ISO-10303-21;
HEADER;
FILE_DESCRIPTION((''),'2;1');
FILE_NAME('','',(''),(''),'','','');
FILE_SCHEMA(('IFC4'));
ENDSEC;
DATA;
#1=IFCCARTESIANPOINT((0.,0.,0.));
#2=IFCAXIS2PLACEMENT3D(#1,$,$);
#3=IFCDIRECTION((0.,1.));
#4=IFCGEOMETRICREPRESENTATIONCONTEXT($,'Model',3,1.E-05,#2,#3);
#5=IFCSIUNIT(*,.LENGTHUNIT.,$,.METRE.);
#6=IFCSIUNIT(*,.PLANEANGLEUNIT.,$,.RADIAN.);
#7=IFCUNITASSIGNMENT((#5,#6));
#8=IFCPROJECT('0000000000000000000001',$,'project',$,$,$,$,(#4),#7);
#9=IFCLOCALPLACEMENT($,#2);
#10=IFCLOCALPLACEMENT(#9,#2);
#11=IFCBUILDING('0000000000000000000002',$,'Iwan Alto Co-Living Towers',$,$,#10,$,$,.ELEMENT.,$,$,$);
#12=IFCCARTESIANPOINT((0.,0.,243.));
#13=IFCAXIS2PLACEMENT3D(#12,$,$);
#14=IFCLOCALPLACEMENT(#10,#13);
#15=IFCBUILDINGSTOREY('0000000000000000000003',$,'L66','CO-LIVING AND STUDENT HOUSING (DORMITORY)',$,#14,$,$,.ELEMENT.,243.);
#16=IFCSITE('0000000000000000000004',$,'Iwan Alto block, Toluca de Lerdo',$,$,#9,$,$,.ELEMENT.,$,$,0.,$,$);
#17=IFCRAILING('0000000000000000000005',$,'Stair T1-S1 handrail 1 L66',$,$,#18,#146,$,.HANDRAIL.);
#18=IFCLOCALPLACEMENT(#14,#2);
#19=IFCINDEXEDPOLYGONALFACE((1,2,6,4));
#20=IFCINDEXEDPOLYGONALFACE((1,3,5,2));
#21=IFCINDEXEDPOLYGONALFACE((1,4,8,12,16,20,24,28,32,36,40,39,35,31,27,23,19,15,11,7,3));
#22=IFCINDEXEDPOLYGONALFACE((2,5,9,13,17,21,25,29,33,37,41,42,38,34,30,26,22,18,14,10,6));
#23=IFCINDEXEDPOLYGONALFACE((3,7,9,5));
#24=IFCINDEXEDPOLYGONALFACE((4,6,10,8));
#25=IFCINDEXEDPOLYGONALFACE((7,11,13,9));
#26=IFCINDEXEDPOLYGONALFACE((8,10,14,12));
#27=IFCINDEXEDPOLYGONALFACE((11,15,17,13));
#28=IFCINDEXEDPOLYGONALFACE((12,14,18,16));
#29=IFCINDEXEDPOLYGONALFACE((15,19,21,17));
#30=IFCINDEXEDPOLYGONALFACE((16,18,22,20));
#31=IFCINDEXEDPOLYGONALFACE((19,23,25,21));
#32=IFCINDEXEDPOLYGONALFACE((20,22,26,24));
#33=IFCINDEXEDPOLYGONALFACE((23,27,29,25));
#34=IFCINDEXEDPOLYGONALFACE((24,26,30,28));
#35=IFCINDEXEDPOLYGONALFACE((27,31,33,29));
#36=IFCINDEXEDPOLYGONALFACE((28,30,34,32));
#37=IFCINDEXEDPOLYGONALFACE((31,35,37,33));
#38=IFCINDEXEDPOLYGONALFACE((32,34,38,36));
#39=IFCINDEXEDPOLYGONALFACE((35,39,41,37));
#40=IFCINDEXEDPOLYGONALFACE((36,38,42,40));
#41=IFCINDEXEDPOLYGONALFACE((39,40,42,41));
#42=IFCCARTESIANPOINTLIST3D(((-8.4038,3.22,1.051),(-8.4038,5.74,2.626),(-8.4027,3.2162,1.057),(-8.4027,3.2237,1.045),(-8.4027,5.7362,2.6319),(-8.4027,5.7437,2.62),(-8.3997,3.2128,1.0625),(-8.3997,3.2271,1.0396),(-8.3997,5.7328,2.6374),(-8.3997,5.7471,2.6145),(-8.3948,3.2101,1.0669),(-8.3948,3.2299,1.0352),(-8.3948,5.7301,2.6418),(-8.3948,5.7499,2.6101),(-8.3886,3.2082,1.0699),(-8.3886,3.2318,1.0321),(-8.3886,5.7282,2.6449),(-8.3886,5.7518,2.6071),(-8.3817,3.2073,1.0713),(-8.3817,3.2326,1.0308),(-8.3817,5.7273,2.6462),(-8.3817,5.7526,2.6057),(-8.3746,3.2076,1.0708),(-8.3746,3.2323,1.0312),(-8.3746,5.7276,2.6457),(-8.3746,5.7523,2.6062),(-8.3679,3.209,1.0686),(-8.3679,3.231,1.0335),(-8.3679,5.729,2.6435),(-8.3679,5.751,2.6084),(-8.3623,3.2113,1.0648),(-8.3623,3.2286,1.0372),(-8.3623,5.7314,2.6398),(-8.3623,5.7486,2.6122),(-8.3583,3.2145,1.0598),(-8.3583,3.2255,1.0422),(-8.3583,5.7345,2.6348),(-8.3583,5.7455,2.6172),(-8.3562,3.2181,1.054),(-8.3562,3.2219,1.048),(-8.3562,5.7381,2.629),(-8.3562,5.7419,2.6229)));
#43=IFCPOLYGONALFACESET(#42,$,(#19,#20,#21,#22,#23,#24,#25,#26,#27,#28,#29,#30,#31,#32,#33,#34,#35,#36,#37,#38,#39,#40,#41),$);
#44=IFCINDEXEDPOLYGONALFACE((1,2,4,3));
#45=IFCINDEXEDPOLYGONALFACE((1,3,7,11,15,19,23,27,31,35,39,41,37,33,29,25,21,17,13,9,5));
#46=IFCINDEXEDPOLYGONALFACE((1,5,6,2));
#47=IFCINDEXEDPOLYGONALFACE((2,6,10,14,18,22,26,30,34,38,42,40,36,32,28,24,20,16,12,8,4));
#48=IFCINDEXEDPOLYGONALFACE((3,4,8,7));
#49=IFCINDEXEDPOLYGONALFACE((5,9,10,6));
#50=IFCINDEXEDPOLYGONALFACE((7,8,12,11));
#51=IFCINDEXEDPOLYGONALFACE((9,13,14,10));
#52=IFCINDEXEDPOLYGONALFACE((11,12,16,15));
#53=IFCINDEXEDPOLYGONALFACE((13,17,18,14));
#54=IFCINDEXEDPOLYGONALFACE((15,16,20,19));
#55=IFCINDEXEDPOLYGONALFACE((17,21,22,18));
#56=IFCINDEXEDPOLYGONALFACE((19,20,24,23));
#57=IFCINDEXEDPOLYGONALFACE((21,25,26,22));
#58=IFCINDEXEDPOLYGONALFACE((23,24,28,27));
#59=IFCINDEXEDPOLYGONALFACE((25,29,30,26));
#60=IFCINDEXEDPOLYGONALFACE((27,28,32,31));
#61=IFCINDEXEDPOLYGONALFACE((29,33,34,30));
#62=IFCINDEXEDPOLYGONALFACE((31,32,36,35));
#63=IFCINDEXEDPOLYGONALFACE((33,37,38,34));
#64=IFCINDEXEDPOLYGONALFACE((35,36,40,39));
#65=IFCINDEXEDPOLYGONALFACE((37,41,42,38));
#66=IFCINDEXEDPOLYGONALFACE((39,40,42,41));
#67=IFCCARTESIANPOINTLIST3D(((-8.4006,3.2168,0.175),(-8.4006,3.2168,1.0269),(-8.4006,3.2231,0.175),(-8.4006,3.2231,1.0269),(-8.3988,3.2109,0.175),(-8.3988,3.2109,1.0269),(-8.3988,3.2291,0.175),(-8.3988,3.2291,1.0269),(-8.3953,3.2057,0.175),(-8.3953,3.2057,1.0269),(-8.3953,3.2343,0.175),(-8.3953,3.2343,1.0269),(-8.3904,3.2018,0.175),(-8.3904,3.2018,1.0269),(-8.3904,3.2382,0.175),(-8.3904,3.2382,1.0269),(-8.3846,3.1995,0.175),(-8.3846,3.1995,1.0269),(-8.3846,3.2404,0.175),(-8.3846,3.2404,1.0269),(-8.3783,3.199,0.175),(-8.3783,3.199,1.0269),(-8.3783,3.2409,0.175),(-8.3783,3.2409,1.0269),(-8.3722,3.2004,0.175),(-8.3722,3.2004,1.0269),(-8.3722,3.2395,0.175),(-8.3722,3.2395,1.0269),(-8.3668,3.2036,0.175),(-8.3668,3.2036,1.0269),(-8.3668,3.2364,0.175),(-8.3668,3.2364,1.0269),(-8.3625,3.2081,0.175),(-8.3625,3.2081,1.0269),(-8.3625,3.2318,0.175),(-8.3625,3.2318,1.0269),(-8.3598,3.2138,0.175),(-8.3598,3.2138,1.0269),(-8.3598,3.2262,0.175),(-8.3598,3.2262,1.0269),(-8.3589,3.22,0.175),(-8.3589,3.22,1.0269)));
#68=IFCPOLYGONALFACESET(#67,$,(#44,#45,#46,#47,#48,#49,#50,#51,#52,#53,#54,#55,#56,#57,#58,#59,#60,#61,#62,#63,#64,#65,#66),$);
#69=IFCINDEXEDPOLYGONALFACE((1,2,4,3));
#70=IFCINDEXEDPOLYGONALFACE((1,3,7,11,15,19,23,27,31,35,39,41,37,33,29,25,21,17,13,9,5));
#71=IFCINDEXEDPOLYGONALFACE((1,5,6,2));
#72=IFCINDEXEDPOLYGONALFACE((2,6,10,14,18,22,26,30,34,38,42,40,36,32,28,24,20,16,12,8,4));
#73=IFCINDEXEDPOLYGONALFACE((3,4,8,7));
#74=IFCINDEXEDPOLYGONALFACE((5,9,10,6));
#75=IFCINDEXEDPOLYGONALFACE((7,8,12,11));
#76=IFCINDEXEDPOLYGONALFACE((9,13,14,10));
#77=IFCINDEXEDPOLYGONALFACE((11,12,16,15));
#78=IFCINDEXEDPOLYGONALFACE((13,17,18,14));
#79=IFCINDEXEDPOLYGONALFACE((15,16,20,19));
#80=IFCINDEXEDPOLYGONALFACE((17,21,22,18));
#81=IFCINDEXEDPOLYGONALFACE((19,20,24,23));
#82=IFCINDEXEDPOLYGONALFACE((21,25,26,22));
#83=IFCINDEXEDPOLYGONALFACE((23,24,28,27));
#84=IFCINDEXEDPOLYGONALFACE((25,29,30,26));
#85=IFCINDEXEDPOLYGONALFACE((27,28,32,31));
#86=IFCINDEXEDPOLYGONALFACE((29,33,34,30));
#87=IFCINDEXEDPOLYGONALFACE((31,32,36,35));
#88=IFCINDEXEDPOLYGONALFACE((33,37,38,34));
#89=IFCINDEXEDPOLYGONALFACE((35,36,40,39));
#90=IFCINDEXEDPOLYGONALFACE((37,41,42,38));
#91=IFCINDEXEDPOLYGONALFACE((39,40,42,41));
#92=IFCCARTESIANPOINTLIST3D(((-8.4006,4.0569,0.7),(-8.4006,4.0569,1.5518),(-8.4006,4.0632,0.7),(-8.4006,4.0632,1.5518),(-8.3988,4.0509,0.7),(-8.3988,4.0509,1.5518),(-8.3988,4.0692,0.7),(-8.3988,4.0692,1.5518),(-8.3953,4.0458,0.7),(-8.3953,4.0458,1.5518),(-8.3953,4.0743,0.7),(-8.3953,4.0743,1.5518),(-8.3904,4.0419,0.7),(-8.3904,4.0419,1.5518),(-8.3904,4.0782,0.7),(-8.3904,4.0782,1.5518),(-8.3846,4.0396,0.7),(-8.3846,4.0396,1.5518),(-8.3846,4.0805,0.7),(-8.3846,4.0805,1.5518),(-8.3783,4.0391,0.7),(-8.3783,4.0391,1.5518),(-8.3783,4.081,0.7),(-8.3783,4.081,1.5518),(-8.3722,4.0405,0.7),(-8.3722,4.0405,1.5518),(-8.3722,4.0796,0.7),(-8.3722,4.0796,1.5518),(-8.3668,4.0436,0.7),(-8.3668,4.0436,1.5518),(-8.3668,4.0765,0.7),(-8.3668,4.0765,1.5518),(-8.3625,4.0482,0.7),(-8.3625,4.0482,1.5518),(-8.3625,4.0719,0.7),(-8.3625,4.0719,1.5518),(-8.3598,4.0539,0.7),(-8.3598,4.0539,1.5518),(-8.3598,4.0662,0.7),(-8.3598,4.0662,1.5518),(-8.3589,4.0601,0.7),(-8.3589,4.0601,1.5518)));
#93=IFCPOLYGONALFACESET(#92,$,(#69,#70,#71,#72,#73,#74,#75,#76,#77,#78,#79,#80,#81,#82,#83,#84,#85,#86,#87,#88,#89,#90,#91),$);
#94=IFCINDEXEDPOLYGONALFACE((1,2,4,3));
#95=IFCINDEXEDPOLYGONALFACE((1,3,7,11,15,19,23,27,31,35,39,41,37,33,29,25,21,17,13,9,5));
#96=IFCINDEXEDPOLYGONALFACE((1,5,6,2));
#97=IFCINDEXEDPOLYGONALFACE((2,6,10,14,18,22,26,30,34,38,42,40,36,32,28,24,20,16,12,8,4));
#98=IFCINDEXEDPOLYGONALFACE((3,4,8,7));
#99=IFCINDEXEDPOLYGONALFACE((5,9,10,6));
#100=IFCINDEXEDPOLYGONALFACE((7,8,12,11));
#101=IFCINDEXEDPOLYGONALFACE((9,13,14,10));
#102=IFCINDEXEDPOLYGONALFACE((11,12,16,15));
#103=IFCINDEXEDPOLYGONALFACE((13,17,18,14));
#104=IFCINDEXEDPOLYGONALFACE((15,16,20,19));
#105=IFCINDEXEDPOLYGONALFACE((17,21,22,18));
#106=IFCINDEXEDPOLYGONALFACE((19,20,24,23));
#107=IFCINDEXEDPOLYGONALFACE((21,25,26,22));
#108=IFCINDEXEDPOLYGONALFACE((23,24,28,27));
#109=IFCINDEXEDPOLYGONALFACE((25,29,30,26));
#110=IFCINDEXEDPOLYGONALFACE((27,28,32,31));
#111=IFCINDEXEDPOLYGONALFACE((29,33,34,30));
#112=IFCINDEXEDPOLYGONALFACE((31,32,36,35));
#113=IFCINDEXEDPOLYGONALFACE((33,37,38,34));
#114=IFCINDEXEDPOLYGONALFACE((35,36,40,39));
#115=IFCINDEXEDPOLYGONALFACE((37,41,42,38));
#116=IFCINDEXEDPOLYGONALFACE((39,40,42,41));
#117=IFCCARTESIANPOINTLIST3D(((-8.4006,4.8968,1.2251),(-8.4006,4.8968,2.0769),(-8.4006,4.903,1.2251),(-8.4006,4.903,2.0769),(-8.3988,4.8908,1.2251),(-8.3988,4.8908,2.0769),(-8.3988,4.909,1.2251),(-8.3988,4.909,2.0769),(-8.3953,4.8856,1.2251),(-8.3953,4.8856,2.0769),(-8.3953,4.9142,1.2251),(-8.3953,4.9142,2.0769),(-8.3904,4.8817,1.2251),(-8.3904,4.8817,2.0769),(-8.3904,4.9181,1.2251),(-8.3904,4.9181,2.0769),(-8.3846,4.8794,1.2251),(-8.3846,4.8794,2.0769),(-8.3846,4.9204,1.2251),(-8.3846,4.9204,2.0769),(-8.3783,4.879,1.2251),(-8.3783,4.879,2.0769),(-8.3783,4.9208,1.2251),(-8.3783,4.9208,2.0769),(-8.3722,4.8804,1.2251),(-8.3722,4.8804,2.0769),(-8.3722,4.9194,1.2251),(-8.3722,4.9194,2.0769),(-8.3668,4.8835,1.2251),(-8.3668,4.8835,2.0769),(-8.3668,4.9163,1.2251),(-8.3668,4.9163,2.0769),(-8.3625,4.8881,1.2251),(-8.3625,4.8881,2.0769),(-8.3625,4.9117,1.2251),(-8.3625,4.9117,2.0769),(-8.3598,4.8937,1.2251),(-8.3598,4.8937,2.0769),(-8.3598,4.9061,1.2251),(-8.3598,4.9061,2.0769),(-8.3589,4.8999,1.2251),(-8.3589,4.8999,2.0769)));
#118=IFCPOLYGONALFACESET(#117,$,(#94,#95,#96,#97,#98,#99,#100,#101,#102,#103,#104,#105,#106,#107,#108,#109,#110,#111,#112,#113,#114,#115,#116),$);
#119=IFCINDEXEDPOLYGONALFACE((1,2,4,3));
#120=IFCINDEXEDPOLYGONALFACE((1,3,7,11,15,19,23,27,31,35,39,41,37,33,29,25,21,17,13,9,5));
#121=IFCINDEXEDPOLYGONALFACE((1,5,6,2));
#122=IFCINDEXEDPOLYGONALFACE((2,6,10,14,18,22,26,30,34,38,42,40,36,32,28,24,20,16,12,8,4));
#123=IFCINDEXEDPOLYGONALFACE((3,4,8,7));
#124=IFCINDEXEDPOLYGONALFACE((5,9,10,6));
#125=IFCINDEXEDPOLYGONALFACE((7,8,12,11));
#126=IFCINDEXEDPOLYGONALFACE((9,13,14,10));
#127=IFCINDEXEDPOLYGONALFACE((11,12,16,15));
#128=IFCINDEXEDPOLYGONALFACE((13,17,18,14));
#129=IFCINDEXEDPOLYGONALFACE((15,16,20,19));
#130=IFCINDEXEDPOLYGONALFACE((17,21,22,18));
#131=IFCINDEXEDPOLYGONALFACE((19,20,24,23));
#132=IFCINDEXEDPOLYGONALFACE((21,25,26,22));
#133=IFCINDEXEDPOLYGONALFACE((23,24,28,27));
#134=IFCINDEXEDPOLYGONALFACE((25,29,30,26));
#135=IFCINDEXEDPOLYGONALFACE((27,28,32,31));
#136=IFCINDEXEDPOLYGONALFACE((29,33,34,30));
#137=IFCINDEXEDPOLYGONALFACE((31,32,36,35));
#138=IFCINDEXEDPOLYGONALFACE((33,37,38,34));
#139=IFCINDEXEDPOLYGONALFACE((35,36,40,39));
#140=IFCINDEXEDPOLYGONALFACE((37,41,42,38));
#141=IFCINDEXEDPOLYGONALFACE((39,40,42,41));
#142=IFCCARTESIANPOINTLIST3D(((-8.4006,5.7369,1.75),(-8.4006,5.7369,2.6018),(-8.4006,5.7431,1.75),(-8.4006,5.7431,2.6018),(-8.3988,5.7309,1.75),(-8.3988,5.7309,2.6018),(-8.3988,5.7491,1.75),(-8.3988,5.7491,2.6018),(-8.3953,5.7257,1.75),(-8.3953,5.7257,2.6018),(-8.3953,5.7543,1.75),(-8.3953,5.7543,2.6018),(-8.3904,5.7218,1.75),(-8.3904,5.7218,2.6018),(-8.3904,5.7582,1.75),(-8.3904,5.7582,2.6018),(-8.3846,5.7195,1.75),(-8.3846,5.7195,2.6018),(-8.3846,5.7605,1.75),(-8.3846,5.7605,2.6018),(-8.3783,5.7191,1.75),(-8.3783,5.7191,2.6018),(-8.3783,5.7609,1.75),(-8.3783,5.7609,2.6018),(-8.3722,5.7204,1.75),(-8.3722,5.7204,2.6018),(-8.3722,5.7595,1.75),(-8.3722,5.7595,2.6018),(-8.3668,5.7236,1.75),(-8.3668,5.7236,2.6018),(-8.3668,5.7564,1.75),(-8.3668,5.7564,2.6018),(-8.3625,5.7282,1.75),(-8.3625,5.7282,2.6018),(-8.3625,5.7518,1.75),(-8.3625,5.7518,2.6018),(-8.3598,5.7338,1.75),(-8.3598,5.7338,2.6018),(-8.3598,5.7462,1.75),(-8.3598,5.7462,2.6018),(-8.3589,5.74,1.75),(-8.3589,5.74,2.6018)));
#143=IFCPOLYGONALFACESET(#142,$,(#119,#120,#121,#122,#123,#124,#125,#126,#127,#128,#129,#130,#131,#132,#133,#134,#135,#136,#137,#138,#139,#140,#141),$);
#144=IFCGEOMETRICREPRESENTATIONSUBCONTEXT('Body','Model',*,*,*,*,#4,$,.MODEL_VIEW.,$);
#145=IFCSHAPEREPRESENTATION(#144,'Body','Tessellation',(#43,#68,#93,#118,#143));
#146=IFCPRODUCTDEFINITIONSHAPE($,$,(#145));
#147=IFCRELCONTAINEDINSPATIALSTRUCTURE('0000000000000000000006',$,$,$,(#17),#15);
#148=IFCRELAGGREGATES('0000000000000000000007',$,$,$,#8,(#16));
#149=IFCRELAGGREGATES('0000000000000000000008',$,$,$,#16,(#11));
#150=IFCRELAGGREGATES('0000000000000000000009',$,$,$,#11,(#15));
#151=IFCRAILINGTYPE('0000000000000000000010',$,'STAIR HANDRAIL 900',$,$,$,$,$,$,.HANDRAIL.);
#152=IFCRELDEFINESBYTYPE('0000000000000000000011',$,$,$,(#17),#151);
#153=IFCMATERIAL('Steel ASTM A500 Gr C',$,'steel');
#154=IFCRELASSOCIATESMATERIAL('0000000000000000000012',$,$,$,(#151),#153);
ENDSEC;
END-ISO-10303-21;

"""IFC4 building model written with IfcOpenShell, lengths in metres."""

from ifc_helpers import new_model, si_unit, direction, frame, origin, origin_2d, place, context, subcontext, project, spatial, circle, extrude, material, type_object, element, save


model = new_model("IFC4")

# Units and contexts
model_context = context("Model", 3, precision=1e-05, world=origin(), true_north=direction((0.0, 1.0)))
body_context = subcontext(model_context, "Body", "Model", "MODEL_VIEW")
ifc_project = project(units=[si_unit("LENGTHUNIT", "METRE"), si_unit("PLANEANGLEUNIT", "RADIAN")], contexts=[model_context])

# Site, building, storey
site_placement = place(None, origin())
site = spatial("IfcSite", under=ifc_project, at=site_placement, Name="Iwan Alto block, Toluca de Lerdo", CompositionType="ELEMENT", RefElevation=0.0)
building_placement = place(site_placement, origin())
building = spatial("IfcBuilding", under=site, at=building_placement, Name="Iwan Alto Co-Living Towers", CompositionType="ELEMENT")
storey_placement = place(building_placement, frame((0.0, 0.0, 243.0)))
storey = spatial("IfcBuildingStorey", under=building, at=storey_placement, Name="L66", Description="CO-LIVING AND STUDENT HOUSING (DORMITORY)", CompositionType="ELEMENT", Elevation=243.0)

# Railing
ifc_material_1 = material(Name="Steel ASTM A500 Gr C", Category="steel")
railing_type_1 = type_object("IfcRailingType", Name="STAIR HANDRAIL 900", PredefinedType="HANDRAIL", material=ifc_material_1)
railing_1_placement = place(storey_placement, frame((-8.3799, 3.22, 0.175)))
element("IfcRailing", 1, at=railing_1_placement, inside=storey, type_object=railing_type_1, Name="Stair T1-S1 handrail 1 L66", PredefinedType="HANDRAIL", context=body_context, shape_type="SweptSolid", body=[
    extrude(circle(Radius=0.0239, at=origin_2d()), frame((0.0, 0.0, 0.876), z_axis=(0.0, 0.848008, 0.529984), x_axis=(-1.0, 0.0, 0.0)), (0.0, 0.0, 1.0), 2.9717),
    extrude(circle(Radius=0.021, at=origin_2d()), origin(), (0.0, 0.0, 1.0), 0.8518),
    extrude(circle(Radius=0.021, at=origin_2d()), frame((0.0, 0.8401, 0.5249)), (0.0, 0.0, 1.0), 0.8518),
    extrude(circle(Radius=0.021, at=origin_2d()), frame((0.0, 1.6799, 1.05)), (0.0, 0.0, 1.0), 0.8518),
    extrude(circle(Radius=0.021, at=origin_2d()), frame((0.0, 2.52, 1.575)), (0.0, 0.0, 1.0), 0.8518),
])

save(model, "model.ifc")
